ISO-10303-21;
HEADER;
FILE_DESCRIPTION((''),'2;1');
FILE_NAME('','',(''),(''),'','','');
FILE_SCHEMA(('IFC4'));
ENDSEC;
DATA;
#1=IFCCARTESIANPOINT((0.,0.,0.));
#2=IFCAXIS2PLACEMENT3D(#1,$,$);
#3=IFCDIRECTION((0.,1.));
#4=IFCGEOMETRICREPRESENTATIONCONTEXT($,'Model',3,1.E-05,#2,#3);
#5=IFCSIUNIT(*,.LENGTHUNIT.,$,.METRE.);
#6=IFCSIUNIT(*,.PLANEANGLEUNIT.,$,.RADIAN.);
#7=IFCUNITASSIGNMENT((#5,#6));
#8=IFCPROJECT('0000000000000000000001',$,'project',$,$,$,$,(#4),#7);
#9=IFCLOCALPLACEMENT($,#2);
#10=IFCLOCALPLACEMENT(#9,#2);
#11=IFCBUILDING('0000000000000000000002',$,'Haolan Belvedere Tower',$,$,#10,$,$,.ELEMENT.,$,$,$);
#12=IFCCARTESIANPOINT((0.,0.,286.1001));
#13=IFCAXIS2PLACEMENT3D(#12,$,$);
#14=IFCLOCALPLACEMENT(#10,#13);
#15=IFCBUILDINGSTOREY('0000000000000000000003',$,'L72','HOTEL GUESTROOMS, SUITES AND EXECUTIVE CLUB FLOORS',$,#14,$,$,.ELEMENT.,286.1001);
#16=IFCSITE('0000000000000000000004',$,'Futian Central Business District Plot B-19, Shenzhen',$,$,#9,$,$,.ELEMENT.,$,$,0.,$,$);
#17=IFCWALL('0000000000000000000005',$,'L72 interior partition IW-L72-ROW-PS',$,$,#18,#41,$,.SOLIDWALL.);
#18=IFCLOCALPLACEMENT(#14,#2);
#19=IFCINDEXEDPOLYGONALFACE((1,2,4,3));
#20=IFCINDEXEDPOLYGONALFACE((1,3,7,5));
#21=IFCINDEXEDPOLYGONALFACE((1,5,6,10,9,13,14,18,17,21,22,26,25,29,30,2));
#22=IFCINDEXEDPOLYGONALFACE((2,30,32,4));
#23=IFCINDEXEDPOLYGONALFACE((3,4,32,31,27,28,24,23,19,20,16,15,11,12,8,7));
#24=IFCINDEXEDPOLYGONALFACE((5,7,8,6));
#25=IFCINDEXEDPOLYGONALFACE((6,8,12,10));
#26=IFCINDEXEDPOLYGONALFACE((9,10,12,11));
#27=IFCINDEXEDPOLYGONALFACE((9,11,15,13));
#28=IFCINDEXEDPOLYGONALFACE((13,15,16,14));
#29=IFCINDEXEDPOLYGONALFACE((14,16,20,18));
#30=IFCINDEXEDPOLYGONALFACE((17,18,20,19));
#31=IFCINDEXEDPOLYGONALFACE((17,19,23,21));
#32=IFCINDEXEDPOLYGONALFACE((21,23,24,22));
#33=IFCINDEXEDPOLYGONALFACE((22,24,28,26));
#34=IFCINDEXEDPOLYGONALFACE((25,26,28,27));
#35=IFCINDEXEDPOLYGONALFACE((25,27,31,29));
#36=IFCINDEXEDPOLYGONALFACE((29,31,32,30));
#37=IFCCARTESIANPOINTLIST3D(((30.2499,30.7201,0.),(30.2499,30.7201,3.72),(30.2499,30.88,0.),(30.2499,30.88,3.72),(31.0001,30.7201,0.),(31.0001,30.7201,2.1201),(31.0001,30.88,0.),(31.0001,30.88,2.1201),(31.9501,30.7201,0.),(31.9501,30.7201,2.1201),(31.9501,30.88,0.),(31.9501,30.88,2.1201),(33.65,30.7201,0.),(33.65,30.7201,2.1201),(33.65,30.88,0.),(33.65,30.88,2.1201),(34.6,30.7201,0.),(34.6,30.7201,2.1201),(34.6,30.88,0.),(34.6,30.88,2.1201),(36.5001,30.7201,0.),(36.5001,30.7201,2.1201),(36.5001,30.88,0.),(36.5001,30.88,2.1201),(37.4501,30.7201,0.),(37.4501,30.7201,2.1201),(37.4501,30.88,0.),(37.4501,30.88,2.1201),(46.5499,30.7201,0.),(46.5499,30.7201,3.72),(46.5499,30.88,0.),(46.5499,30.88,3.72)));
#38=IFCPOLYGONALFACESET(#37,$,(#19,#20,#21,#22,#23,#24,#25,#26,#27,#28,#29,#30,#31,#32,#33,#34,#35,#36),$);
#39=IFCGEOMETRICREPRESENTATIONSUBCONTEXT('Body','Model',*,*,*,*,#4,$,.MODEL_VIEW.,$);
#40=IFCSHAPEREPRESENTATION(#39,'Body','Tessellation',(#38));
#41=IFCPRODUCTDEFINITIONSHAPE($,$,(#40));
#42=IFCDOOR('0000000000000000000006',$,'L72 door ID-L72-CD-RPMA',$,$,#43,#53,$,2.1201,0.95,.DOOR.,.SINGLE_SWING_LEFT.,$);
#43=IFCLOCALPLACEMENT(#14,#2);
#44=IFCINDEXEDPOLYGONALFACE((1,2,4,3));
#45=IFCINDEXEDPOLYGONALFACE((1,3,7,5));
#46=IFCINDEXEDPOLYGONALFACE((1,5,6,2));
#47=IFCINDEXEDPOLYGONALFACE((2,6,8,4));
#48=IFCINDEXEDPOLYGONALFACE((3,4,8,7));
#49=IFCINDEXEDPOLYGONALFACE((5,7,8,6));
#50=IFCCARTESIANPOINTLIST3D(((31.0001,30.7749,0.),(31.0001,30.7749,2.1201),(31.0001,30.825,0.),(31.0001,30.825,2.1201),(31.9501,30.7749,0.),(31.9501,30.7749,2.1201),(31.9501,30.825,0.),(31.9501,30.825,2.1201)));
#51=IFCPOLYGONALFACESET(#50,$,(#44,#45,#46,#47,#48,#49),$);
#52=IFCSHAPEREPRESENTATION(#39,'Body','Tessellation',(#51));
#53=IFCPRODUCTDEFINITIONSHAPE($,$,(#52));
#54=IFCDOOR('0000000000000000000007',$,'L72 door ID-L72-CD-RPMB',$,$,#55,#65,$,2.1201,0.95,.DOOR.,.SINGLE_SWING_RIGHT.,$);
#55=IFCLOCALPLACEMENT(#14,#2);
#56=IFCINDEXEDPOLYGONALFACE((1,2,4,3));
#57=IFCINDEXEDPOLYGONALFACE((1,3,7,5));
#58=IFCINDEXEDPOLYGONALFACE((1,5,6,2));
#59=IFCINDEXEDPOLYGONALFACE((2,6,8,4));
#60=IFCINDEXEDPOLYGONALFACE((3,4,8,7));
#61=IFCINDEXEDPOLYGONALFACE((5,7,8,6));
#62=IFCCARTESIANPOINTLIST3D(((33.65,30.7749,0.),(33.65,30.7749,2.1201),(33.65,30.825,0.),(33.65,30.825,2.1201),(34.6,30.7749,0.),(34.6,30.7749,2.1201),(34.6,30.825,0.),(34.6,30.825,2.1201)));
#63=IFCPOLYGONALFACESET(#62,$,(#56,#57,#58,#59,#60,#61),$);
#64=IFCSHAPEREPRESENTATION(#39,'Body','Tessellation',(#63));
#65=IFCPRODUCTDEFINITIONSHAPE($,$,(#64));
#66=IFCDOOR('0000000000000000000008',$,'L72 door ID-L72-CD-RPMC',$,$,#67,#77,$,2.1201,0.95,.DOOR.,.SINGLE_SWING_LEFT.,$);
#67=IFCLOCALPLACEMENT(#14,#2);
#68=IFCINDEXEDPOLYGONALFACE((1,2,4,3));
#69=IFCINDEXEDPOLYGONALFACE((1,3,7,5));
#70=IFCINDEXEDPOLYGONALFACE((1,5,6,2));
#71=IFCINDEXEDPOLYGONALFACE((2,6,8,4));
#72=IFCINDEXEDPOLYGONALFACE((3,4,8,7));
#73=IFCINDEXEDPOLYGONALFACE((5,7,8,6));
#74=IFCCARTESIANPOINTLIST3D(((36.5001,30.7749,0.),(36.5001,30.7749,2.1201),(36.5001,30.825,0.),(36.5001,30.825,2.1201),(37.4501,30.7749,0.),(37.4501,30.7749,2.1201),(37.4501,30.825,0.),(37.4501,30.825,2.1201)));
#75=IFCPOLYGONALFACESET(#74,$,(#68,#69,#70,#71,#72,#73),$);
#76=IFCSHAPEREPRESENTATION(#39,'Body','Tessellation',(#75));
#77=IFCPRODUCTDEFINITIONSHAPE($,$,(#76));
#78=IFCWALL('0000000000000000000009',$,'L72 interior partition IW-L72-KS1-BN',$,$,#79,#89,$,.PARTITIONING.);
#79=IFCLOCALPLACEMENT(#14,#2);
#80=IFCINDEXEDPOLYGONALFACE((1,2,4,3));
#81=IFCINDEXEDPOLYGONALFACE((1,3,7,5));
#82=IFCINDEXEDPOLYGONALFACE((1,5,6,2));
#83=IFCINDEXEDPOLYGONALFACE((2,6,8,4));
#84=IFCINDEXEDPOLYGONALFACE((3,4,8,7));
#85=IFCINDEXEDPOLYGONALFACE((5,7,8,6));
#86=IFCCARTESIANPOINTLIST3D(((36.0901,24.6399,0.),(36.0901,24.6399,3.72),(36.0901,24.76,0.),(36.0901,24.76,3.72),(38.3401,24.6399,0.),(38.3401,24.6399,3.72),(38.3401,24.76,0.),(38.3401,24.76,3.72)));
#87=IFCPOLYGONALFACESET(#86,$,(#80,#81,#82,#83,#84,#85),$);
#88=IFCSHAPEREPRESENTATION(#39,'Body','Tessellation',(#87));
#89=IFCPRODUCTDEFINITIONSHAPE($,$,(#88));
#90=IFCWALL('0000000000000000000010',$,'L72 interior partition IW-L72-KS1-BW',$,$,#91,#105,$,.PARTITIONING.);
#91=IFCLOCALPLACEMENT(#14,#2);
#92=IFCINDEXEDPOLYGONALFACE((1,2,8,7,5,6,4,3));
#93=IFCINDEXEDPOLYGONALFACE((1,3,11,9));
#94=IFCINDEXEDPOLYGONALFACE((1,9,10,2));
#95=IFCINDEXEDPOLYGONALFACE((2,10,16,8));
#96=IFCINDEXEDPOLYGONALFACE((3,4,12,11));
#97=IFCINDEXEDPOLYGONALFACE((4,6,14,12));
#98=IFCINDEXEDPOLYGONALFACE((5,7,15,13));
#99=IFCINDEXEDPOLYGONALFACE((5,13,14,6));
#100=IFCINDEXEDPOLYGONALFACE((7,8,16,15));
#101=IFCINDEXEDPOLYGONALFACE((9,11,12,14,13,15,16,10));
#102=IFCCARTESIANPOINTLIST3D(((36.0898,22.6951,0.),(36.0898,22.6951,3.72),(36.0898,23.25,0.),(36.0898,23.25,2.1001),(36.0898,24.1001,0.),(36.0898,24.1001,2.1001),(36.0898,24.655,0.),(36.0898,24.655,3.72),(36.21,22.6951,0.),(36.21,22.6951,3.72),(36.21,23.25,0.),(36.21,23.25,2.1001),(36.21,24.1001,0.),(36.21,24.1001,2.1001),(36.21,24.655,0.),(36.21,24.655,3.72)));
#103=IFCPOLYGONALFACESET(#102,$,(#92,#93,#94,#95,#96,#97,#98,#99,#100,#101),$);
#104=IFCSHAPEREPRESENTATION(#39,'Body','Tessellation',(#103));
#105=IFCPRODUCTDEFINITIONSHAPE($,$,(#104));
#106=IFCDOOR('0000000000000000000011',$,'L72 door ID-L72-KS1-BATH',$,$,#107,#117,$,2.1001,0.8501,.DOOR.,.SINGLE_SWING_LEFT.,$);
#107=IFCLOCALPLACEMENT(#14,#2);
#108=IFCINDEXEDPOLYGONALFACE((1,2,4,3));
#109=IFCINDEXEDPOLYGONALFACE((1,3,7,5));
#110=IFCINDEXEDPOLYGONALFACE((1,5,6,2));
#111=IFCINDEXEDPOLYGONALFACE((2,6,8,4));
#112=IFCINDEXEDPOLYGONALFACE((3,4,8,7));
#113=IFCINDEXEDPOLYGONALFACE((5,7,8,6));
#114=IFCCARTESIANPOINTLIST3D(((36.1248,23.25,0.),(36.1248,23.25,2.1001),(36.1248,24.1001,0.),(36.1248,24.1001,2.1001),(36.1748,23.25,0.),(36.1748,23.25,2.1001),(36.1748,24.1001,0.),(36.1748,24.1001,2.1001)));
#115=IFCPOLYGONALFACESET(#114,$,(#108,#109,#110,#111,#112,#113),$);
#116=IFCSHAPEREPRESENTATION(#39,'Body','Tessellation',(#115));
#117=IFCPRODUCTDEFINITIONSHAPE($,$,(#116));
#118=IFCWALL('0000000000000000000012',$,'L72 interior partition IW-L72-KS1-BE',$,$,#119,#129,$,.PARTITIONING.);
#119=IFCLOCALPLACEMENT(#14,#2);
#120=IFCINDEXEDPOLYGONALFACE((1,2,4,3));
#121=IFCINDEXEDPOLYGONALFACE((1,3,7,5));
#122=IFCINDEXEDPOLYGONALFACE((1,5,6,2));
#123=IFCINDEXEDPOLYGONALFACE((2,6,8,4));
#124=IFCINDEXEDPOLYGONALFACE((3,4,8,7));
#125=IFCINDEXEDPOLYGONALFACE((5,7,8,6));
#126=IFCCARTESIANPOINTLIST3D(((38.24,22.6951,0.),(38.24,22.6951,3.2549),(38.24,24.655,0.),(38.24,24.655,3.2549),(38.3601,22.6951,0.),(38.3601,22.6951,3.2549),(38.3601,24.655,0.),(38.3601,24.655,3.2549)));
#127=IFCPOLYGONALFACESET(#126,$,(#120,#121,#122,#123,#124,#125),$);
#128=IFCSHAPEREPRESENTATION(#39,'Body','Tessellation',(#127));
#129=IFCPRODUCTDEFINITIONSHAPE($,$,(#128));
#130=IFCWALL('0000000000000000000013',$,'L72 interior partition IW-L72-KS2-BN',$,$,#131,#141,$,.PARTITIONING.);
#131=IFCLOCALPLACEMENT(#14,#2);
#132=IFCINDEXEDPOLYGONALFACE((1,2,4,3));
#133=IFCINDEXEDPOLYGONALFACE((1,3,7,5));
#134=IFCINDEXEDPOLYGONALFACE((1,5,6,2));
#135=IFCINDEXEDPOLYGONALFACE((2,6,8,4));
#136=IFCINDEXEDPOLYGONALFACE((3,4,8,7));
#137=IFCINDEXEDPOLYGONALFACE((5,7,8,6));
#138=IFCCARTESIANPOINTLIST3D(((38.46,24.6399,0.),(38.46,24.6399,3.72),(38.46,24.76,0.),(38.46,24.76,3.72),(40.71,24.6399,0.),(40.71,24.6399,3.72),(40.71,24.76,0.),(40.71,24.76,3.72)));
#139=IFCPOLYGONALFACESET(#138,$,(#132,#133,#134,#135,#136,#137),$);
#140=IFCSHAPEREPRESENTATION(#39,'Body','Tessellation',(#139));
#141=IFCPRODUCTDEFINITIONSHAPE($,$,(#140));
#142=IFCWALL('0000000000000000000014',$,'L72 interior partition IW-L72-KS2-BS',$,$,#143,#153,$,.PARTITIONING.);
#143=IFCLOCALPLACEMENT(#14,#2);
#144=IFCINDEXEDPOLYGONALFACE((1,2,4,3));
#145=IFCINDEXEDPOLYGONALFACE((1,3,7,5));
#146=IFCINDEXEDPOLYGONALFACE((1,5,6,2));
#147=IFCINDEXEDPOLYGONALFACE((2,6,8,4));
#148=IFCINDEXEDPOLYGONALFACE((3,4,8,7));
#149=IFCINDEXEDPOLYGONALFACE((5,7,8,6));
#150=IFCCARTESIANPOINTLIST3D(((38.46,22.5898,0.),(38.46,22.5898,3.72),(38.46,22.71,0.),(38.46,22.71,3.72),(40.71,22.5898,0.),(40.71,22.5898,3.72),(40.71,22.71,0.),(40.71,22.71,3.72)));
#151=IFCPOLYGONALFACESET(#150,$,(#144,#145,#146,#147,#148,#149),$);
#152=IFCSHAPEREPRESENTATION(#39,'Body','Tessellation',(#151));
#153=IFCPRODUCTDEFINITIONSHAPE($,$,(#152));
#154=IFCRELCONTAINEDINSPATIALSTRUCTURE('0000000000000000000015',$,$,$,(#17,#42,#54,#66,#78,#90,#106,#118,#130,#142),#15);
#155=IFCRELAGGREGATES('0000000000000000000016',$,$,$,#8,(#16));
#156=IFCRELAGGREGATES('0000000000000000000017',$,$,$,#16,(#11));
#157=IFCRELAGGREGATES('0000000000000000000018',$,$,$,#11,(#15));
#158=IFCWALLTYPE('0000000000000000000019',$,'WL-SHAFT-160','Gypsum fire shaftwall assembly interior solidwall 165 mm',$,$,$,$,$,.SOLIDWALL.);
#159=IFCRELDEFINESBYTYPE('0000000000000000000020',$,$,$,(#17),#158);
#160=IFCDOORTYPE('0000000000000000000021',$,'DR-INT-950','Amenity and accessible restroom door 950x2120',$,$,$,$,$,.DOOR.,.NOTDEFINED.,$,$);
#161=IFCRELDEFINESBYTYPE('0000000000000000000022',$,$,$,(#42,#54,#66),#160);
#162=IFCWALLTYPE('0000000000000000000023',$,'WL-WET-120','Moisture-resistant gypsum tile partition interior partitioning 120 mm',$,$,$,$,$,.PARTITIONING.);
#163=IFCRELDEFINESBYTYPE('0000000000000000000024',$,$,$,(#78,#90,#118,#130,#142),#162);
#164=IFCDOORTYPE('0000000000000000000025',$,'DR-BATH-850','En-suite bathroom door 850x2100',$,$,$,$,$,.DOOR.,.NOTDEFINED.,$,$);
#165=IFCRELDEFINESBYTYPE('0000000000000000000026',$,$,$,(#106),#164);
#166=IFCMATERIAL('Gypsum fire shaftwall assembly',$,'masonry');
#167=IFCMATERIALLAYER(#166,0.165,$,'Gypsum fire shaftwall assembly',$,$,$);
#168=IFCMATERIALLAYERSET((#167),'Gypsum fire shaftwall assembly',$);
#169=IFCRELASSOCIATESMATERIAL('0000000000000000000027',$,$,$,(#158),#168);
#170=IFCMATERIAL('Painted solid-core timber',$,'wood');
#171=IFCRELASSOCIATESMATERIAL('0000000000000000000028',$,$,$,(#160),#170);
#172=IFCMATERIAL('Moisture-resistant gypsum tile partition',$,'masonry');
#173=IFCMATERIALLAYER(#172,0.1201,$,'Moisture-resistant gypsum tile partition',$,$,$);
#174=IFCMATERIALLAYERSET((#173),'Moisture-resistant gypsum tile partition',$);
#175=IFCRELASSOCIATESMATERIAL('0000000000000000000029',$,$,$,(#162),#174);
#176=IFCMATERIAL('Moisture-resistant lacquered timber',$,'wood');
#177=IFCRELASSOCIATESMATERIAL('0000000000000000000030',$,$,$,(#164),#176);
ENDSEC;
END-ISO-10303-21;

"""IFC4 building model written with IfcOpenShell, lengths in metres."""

from ifc_helpers import new_model, si_unit, direction, frame, frame_2d, origin, place, context, subcontext, project, spatial, rectangle, extrude, material, layer, layer_set, type_object, element, fill, save


model = new_model("IFC4")

# Units and contexts
model_context = context("Model", 3, precision=1e-05, world=origin(), true_north=direction((0.0, 1.0)))
body_context = subcontext(model_context, "Body", "Model", "MODEL_VIEW")
ifc_project = project(units=[si_unit("LENGTHUNIT", "METRE"), si_unit("PLANEANGLEUNIT", "RADIAN")], contexts=[model_context])

# Site, building, storey
site_placement = place(None, origin())
site = spatial("IfcSite", under=ifc_project, at=site_placement, Name="Futian Central Business District Plot B-19, Shenzhen", CompositionType="ELEMENT", RefElevation=0.0)
building_placement = place(site_placement, origin())
building = spatial("IfcBuilding", under=site, at=building_placement, Name="Haolan Belvedere Tower", CompositionType="ELEMENT")
storey_placement = place(building_placement, frame((0.0, 0.0, 286.1001)))
storey = spatial("IfcBuildingStorey", under=building, at=storey_placement, Name="L72", Description="HOTEL GUESTROOMS, SUITES AND EXECUTIVE CLUB FLOORS", CompositionType="ELEMENT", Elevation=286.1001)

# Shared definitions
ifc_material_1 = material(Name="Gypsum fire shaftwall assembly", Category="masonry")
ifc_layer_1 = layer(ifc_material_1, 0.165, Name="Gypsum fire shaftwall assembly")
ifc_layer_set_1 = layer_set([ifc_layer_1], Name="Gypsum fire shaftwall assembly")
wall_type_1 = type_object("IfcWallType", Name="WL-SHAFT-160", Description="Gypsum fire shaftwall assembly interior solidwall 165 mm", PredefinedType="SOLIDWALL", material=ifc_layer_set_1)

# Shared definitions
ifc_material_2 = material(Name="Painted solid-core timber", Category="wood")
door_type_1 = type_object("IfcDoorType", Name="DR-INT-950", Description="Amenity and accessible restroom door 950x2120", OperationType="NOTDEFINED", PredefinedType="DOOR", material=ifc_material_2)

# Wall, openings, doors
wall_1_placement = place(storey_placement, frame((30.25, 30.8, 0.0), z_axis=(0.0, 0.0, 1.0), x_axis=(1.0, 0.0, 0.0)))
wall_1 = element("IfcWall", 1, at=wall_1_placement, inside=storey, type_object=wall_type_1, Name="L72 interior partition IW-L72-ROW-PS", PredefinedType="SOLIDWALL", context=body_context, shape_type="SweptSolid", body=[
    extrude(rectangle(XDim=16.3, YDim=0.1599, at=frame_2d((8.1499, 0.0))), origin(), (0.0, 0.0, 1.0), 3.72),
])
opening_1_placement = place(wall_1_placement, frame((0.75, 0.0, 0.0)))
opening_1 = element("IfcOpeningElement", 2, at=opening_1_placement, cuts=wall_1, PredefinedType="OPENING", context=body_context, shape_type="SweptSolid", body=[
    extrude(rectangle(XDim=0.95, YDim=2.1201, at=frame_2d((0.4751, 1.0601))), frame((0.0, 0.0898, 0.0), z_axis=(0.0, -1.0, 0.0), x_axis=(1.0, 0.0, 0.0)), (0.0, 0.0, 1.0), 0.1799),
])
opening_2_placement = place(wall_1_placement, frame((3.3999, 0.0, 0.0)))
opening_2 = element("IfcOpeningElement", 3, at=opening_2_placement, cuts=wall_1, PredefinedType="OPENING", context=body_context, shape_type="SweptSolid", body=[
    extrude(rectangle(XDim=0.95, YDim=2.1201, at=frame_2d((0.4751, 1.0601))), frame((0.0, 0.0898, 0.0), z_axis=(0.0, -1.0, 0.0), x_axis=(1.0, 0.0, 0.0)), (0.0, 0.0, 1.0), 0.1799),
])
opening_3_placement = place(wall_1_placement, frame((6.25, 0.0, 0.0)))
opening_3 = element("IfcOpeningElement", 4, at=opening_3_placement, cuts=wall_1, PredefinedType="OPENING", context=body_context, shape_type="SweptSolid", body=[
    extrude(rectangle(XDim=0.95, YDim=2.1201, at=frame_2d((0.4751, 1.0601))), frame((0.0, 0.0898, 0.0), z_axis=(0.0, -1.0, 0.0), x_axis=(1.0, 0.0, 0.0)), (0.0, 0.0, 1.0), 0.1799),
])
door_1_placement = place(opening_1_placement, origin())
door_1 = element("IfcDoor", 5, at=door_1_placement, inside=storey, type_object=door_type_1, Name="L72 door ID-L72-CD-RPMA", OperationType="SINGLE_SWING_LEFT", OverallHeight=2.1201, OverallWidth=0.95, PredefinedType="DOOR", context=body_context, shape_type="SweptSolid", body=[
    extrude(rectangle(XDim=0.95, YDim=2.1201, at=frame_2d((0.4751, 1.0601))), frame((0.0, 0.0249, 0.0), z_axis=(0.0, -1.0, 0.0), x_axis=(1.0, 0.0, 0.0)), (0.0, 0.0, 1.0), 0.05),
])
fill(opening_1, door_1)
door_2_placement = place(opening_2_placement, origin())
door_2 = element("IfcDoor", 6, at=door_2_placement, inside=storey, type_object=door_type_1, Name="L72 door ID-L72-CD-RPMB", OperationType="SINGLE_SWING_RIGHT", OverallHeight=2.1201, OverallWidth=0.95, PredefinedType="DOOR", context=body_context, shape_type="SweptSolid", body=[
    extrude(rectangle(XDim=0.95, YDim=2.1201, at=frame_2d((0.4751, 1.0601))), frame((0.0, 0.0249, 0.0), z_axis=(0.0, -1.0, 0.0), x_axis=(1.0, 0.0, 0.0)), (0.0, 0.0, 1.0), 0.05),
])
fill(opening_2, door_2)
door_3_placement = place(opening_3_placement, origin())
door_3 = element("IfcDoor", 7, at=door_3_placement, inside=storey, type_object=door_type_1, Name="L72 door ID-L72-CD-RPMC", OperationType="SINGLE_SWING_LEFT", OverallHeight=2.1201, OverallWidth=0.95, PredefinedType="DOOR", context=body_context, shape_type="SweptSolid", body=[
    extrude(rectangle(XDim=0.95, YDim=2.1201, at=frame_2d((0.4751, 1.0601))), frame((0.0, 0.0249, 0.0), z_axis=(0.0, -1.0, 0.0), x_axis=(1.0, 0.0, 0.0)), (0.0, 0.0, 1.0), 0.05),
])
fill(opening_3, door_3)

# Wall
ifc_material_3 = material(Name="Moisture-resistant gypsum tile partition", Category="masonry")
ifc_layer_2 = layer(ifc_material_3, 0.1201, Name="Moisture-resistant gypsum tile partition")
ifc_layer_set_2 = layer_set([ifc_layer_2], Name="Moisture-resistant gypsum tile partition")
wall_type_2 = type_object("IfcWallType", Name="WL-WET-120", Description="Moisture-resistant gypsum tile partition interior partitioning 120 mm", PredefinedType="PARTITIONING", material=ifc_layer_set_2)
wall_2_placement = place(storey_placement, frame((36.0901, 24.7, 0.0), z_axis=(0.0, 0.0, 1.0), x_axis=(1.0, 0.0, 0.0)))
element("IfcWall", 8, at=wall_2_placement, inside=storey, type_object=wall_type_2, Name="L72 interior partition IW-L72-KS1-BN", PredefinedType="PARTITIONING", context=body_context, shape_type="SweptSolid", body=[
    extrude(rectangle(XDim=2.25, YDim=0.1201, at=frame_2d((1.125, 0.0))), origin(), (0.0, 0.0, 1.0), 3.72),
])

# Wall, opening, door
wall_3_placement = place(storey_placement, frame((36.1499, 22.6951, 0.0), z_axis=(0.0, 0.0, 1.0), x_axis=(0.0, 1.0, 0.0)))
wall_3 = element("IfcWall", 9, at=wall_3_placement, inside=storey, type_object=wall_type_2, Name="L72 interior partition IW-L72-KS1-BW", PredefinedType="PARTITIONING", context=body_context, shape_type="SweptSolid", body=[
    extrude(rectangle(XDim=1.96, YDim=0.1201, at=frame_2d((0.98, 0.0))), origin(), (0.0, 0.0, 1.0), 3.72),
])
opening_4_placement = place(wall_3_placement, frame((1.405, 0.0, 0.0), z_axis=(0.0, 0.0, 1.0), x_axis=(-1.0, 0.0, 0.0)))
opening_4 = element("IfcOpeningElement", 10, at=opening_4_placement, cuts=wall_3, PredefinedType="OPENING", context=body_context, shape_type="SweptSolid", body=[
    extrude(rectangle(XDim=0.8501, YDim=2.1001, at=frame_2d((0.425, 1.05))), frame((0.0, 0.0701, 0.0), z_axis=(0.0, -1.0, 0.0), x_axis=(1.0, 0.0, 0.0)), (0.0, 0.0, 1.0), 0.1401),
])
ifc_material_4 = material(Name="Moisture-resistant lacquered timber", Category="wood")
door_type_2 = type_object("IfcDoorType", Name="DR-BATH-850", Description="En-suite bathroom door 850x2100", OperationType="NOTDEFINED", PredefinedType="DOOR", material=ifc_material_4)
door_4_placement = place(opening_4_placement, origin())
door_4 = element("IfcDoor", 11, at=door_4_placement, inside=storey, type_object=door_type_2, Name="L72 door ID-L72-KS1-BATH", OperationType="SINGLE_SWING_LEFT", OverallHeight=2.1001, OverallWidth=0.8501, PredefinedType="DOOR", context=body_context, shape_type="SweptSolid", body=[
    extrude(rectangle(XDim=0.8501, YDim=2.1001, at=frame_2d((0.425, 1.05))), frame((0.0, 0.0249, 0.0), z_axis=(0.0, -1.0, 0.0), x_axis=(1.0, 0.0, 0.0)), (0.0, 0.0, 1.0), 0.05),
])
fill(opening_4, door_4)

# Walls
wall_4_placement = place(storey_placement, frame((38.3, 22.6951, 0.0), z_axis=(0.0, 0.0, 1.0), x_axis=(0.0, 1.0, 0.0)))
element("IfcWall", 12, at=wall_4_placement, inside=storey, type_object=wall_type_2, Name="L72 interior partition IW-L72-KS1-BE", PredefinedType="PARTITIONING", context=body_context, shape_type="SweptSolid", body=[
    extrude(rectangle(XDim=1.96, YDim=0.1201, at=frame_2d((0.98, 0.0))), origin(), (0.0, 0.0, 1.0), 3.2549),
])
for number, where, z_axis, x_axis, name in (
    (13, (38.46, 24.7, 0.0), (0.0, 0.0, 1.0), (1.0, 0.0, 0.0), "L72 interior partition IW-L72-KS2-BN"),
    (14, (38.46, 22.6499, 0.0), (0.0, 0.0, 1.0), (1.0, 0.0, 0.0), "L72 interior partition IW-L72-KS2-BS"),
):
    element("IfcWall", number, at=place(storey_placement, frame(where, z_axis=z_axis, x_axis=x_axis)), inside=storey, type_object=wall_type_2, Name=name, PredefinedType="PARTITIONING", context=body_context, shape_type="SweptSolid", body=[
        extrude(rectangle(XDim=2.25, YDim=0.1201, at=frame_2d((1.125, 0.0))), origin(), (0.0, 0.0, 1.0), 3.72),
    ])

save(model, "model.ifc")
